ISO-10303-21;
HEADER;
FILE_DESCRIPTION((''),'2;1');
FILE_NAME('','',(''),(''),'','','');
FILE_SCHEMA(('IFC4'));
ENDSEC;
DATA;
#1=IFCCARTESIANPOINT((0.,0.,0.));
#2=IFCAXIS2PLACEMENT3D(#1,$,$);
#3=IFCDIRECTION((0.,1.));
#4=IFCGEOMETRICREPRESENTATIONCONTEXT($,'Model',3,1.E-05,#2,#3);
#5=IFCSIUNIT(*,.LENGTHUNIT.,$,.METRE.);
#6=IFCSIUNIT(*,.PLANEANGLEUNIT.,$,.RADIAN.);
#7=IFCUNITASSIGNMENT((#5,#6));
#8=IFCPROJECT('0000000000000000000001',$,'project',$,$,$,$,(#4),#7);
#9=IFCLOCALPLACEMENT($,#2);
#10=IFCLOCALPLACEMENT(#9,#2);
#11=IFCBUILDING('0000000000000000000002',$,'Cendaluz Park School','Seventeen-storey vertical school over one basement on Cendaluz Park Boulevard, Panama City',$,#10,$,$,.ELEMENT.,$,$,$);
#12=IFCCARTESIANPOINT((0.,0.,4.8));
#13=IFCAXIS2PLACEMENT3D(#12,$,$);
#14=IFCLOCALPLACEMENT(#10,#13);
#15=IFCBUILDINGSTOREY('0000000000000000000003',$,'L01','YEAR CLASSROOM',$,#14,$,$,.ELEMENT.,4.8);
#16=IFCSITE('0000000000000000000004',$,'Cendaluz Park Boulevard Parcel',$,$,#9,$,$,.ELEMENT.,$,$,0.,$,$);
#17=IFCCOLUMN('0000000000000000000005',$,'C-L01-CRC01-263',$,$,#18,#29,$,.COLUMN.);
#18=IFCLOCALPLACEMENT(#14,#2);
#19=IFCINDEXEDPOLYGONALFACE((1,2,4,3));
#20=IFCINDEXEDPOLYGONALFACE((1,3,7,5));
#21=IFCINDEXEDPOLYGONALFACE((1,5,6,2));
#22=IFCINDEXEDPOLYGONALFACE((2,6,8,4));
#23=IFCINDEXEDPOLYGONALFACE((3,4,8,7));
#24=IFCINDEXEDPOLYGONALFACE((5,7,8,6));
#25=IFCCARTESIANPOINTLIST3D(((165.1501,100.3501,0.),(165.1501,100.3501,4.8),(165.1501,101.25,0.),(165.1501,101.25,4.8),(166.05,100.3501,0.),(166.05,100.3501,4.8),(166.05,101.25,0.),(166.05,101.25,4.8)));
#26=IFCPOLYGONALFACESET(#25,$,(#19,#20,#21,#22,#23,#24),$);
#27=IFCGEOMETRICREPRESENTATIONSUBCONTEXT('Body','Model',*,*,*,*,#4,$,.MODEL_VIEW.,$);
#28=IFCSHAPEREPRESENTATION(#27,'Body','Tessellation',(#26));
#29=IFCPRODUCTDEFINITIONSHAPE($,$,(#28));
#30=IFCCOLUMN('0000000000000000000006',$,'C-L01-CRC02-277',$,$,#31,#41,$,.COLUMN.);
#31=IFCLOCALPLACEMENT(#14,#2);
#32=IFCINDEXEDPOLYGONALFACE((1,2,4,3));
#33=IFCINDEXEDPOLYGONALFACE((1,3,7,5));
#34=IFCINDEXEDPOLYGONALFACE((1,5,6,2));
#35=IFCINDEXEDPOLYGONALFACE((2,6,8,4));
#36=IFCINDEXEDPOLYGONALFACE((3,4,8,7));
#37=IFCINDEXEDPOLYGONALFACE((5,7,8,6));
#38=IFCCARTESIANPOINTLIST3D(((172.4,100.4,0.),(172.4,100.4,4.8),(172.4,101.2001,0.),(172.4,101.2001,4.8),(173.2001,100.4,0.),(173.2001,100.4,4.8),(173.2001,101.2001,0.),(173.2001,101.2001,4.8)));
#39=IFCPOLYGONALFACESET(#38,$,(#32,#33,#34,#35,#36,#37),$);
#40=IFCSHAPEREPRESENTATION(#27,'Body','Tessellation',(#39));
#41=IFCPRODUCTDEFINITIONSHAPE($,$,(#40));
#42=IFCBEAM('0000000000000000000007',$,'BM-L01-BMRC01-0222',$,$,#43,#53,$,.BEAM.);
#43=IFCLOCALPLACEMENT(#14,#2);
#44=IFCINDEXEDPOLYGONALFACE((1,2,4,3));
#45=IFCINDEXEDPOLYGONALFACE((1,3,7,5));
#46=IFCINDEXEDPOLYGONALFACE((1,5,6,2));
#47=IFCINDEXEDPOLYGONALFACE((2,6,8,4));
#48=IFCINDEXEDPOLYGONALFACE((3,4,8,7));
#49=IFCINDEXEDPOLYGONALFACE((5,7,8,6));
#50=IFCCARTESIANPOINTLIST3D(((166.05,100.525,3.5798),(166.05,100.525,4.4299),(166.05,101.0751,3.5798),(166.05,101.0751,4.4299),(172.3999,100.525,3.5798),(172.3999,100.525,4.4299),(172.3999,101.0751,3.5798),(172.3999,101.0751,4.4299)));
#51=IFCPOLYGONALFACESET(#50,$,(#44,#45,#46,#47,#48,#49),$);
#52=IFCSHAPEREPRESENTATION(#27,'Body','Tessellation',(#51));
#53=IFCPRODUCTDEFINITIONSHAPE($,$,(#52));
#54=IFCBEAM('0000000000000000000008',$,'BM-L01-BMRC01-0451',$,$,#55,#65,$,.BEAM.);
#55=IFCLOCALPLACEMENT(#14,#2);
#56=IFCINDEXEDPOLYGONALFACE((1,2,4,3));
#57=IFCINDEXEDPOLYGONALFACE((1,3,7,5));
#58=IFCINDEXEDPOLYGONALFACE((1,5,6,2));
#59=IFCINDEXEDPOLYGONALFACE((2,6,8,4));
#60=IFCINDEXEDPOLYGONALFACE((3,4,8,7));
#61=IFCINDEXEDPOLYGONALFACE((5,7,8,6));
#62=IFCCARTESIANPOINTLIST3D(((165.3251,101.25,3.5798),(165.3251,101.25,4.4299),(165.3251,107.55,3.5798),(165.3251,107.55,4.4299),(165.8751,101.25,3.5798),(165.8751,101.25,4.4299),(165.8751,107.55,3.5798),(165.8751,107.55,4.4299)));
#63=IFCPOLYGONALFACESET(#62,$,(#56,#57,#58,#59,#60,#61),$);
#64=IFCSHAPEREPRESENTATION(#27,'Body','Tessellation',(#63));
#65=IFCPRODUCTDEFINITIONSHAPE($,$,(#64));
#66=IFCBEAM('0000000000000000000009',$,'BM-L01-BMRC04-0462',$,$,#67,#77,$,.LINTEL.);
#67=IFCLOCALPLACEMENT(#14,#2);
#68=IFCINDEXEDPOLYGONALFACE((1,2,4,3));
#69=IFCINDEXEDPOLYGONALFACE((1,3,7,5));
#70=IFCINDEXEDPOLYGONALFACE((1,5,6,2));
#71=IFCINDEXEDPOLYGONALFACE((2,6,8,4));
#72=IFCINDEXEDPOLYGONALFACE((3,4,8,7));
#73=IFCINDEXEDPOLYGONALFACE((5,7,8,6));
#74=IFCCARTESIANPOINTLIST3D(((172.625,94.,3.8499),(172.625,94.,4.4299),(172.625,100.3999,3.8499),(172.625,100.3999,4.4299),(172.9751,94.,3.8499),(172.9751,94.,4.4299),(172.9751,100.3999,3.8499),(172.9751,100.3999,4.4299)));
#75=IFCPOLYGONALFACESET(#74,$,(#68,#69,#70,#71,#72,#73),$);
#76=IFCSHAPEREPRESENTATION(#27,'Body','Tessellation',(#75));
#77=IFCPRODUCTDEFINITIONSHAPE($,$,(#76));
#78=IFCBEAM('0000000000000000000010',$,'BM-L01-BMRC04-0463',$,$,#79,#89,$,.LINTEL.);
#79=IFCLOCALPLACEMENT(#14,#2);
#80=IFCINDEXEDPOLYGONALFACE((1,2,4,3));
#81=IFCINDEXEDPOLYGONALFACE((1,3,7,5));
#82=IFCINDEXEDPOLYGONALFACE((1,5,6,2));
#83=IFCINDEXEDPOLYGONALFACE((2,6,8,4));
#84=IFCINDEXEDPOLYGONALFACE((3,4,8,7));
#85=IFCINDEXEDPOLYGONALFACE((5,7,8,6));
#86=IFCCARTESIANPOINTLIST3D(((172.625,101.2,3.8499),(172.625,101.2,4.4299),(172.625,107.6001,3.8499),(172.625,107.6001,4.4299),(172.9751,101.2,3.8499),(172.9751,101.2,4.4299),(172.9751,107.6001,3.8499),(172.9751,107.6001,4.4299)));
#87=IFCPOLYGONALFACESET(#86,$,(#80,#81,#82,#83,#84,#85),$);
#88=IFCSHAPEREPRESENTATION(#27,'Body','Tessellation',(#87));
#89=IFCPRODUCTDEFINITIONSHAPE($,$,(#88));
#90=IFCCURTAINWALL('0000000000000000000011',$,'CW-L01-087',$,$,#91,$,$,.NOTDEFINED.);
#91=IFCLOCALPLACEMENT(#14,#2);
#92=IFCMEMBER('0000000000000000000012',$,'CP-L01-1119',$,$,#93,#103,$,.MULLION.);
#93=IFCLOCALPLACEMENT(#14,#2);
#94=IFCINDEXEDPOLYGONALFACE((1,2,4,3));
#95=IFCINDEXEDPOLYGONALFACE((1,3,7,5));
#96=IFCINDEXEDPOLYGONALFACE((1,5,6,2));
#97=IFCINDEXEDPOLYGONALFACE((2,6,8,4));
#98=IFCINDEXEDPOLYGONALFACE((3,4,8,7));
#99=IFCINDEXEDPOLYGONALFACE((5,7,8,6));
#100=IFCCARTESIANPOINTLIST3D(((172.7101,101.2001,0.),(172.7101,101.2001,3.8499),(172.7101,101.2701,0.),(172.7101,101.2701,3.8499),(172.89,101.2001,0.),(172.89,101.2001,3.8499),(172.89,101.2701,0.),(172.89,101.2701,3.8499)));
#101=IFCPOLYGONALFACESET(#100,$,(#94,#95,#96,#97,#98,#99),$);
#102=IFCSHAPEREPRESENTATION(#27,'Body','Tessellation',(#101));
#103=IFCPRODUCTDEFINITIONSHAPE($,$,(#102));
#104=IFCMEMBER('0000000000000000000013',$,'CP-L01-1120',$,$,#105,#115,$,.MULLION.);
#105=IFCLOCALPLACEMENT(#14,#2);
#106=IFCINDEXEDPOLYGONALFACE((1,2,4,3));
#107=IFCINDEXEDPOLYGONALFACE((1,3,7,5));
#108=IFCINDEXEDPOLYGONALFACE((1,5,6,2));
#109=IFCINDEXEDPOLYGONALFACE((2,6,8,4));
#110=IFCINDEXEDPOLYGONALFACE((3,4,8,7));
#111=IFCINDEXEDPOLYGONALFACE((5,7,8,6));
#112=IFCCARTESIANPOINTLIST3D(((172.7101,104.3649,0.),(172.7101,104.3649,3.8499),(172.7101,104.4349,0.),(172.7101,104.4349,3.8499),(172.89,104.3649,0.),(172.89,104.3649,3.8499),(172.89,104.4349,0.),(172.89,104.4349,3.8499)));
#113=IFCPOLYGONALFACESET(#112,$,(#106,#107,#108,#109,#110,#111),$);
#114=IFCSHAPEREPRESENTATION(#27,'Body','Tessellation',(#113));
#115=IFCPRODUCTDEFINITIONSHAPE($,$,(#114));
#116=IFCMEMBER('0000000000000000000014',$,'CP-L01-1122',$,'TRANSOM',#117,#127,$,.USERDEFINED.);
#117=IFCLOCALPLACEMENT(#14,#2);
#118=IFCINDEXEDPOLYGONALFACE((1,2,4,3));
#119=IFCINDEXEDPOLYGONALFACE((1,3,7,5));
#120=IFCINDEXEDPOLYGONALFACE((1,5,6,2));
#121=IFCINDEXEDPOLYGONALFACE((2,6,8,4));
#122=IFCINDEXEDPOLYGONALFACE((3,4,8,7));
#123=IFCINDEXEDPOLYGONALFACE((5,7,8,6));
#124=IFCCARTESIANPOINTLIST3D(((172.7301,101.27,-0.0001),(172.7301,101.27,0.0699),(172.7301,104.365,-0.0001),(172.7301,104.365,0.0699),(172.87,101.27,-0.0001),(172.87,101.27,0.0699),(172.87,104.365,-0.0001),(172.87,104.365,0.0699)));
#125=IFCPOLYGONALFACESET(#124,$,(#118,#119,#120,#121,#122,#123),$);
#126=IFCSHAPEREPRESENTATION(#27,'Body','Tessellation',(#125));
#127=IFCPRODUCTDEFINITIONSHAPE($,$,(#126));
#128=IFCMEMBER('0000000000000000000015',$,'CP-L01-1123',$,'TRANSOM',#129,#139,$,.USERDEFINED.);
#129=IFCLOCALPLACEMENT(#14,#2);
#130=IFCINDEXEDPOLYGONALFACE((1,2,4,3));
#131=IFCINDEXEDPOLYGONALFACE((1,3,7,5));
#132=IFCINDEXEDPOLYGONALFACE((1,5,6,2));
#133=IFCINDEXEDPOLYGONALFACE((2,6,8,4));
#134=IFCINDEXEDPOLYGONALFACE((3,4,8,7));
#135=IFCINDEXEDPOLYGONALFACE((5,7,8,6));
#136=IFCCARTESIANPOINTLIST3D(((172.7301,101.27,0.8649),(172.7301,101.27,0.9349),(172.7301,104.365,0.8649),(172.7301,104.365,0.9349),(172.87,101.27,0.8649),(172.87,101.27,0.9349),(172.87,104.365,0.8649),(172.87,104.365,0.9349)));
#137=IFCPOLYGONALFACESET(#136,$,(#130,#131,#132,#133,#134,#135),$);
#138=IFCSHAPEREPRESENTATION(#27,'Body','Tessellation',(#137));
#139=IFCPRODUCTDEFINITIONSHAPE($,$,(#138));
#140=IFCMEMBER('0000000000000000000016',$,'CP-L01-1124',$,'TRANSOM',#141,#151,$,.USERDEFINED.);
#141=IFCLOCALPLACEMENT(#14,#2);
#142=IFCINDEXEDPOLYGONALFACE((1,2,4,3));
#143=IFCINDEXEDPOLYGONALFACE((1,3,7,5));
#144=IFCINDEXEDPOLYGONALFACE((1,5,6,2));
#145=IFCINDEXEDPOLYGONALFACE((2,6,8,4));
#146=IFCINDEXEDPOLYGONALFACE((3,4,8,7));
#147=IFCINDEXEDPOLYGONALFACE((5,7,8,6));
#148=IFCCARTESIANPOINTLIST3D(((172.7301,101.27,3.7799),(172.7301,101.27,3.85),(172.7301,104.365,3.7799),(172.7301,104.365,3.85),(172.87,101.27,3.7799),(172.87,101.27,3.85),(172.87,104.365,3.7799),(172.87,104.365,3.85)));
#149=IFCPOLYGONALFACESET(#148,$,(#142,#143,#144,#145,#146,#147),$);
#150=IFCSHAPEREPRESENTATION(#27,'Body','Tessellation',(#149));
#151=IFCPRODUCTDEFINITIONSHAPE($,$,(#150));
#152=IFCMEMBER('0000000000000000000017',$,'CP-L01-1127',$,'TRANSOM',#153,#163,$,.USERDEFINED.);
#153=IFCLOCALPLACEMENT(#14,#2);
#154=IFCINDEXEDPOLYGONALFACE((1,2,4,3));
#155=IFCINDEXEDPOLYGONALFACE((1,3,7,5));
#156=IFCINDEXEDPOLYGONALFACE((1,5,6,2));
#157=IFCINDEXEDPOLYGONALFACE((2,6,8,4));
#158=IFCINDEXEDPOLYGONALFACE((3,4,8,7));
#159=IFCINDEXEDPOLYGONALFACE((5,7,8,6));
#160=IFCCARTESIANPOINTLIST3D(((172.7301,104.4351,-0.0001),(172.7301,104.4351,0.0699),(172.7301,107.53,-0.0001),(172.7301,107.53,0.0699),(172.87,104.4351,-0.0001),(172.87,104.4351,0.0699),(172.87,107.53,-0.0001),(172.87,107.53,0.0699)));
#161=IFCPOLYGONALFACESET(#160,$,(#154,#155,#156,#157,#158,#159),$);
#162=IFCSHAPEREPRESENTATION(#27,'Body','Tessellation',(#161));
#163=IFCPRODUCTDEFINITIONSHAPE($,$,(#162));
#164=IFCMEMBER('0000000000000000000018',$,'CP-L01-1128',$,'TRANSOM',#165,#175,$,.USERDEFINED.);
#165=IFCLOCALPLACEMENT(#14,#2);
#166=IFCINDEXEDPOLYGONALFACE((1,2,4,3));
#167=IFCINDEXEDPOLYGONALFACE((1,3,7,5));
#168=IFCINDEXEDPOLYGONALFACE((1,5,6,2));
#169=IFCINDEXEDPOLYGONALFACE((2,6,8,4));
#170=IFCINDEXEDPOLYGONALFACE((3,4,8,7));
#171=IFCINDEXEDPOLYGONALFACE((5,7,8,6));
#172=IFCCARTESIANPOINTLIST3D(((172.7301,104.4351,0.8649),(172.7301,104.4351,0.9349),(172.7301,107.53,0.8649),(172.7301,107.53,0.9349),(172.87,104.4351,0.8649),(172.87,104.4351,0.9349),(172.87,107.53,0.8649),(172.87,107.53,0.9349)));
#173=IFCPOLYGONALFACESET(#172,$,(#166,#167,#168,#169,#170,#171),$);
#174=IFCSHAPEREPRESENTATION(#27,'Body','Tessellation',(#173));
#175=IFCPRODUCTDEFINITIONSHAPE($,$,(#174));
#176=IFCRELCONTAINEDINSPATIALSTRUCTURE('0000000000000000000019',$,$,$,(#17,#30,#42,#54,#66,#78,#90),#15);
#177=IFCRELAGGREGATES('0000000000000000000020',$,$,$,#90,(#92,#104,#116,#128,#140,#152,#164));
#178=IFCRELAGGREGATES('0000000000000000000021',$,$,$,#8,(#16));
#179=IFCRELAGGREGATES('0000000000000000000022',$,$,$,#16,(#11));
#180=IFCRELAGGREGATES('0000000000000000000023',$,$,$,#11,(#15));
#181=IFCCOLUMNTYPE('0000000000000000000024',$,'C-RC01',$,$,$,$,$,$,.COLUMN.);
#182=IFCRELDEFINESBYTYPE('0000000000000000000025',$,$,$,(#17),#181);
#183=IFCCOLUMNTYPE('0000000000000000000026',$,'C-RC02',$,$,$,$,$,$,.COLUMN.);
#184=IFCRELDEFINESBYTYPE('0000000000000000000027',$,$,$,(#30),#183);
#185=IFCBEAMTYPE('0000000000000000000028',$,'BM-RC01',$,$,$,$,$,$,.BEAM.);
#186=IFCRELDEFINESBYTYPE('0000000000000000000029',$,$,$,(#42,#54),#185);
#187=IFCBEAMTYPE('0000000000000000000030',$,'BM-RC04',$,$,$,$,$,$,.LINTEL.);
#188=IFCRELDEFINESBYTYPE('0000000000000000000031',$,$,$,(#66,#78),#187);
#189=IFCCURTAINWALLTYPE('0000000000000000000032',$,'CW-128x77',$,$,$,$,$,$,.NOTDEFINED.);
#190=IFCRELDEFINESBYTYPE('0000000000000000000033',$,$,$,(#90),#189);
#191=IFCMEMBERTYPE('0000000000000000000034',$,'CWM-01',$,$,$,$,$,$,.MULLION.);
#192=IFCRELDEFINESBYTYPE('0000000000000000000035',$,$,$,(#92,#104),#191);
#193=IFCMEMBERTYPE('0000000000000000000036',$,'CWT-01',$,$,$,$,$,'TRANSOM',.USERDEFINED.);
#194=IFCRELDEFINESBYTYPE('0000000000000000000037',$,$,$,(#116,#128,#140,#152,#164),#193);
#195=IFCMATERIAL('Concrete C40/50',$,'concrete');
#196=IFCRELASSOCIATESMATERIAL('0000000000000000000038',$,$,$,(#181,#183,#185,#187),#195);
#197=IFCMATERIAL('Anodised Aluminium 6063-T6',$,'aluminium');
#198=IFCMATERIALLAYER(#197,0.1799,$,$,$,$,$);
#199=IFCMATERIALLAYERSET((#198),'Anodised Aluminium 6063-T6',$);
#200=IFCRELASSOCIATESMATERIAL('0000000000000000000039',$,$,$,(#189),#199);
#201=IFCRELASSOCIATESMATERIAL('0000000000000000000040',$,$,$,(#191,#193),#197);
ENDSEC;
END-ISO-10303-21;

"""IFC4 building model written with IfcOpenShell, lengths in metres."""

from ifc_helpers import new_model, si_unit, direction, frame, origin, origin_2d, place, context, subcontext, project, spatial, rectangle, extrude, material, layer, layer_set, material_profile, profile_set, type_object, element, aggregate, save


model = new_model("IFC4")

# Units and contexts
model_context = context("Model", 3, precision=1e-05, world=origin(), true_north=direction((0.0, 1.0)))
body_context = subcontext(model_context, "Body", "Model", "MODEL_VIEW")
ifc_project = project(units=[si_unit("LENGTHUNIT", "METRE"), si_unit("PLANEANGLEUNIT", "RADIAN")], contexts=[model_context])

# Site, building, storey
site_placement = place(None, origin())
site = spatial("IfcSite", under=ifc_project, at=site_placement, Name="Cendaluz Park Boulevard Parcel", CompositionType="ELEMENT", RefElevation=0.0)
building_placement = place(site_placement, origin())
building = spatial("IfcBuilding", under=site, at=building_placement, Name="Cendaluz Park School", Description="Seventeen-storey vertical school over one basement on Cendaluz Park Boulevard, Panama City", CompositionType="ELEMENT")
storey_placement = place(building_placement, frame((0.0, 0.0, 4.8)))
storey = spatial("IfcBuildingStorey", under=building, at=storey_placement, Name="L01", Description="YEAR CLASSROOM", CompositionType="ELEMENT", Elevation=4.8)

# Columns
ifc_material_1 = material(Name="Concrete C40/50", Category="concrete")
ifc_material_profile_1 = material_profile(ifc_material_1, rectangle(XDim=0.8999, YDim=0.8999, at=origin_2d()), Name="RC 900x900", Category="concrete")
ifc_profile_set_1 = profile_set([ifc_material_profile_1], Name="Concrete C40/50")
column_type_1 = type_object("IfcColumnType", Name="C-RC01", PredefinedType="COLUMN", material=ifc_profile_set_1)
column_1_placement = place(storey_placement, frame((165.6001, 100.8, 0.0), z_axis=(0.0, 0.0, 1.0), x_axis=(1.0, 0.0, 0.0)))
element("IfcColumn", 1, at=column_1_placement, inside=storey, type_object=column_type_1, Name="C-L01-CRC01-263", PredefinedType="COLUMN", context=body_context, shape_type="SweptSolid", body=[
    extrude(rectangle(XDim=0.8999, YDim=0.8999, at=origin_2d()), origin(), (0.0, 0.0, 1.0), 4.8),
])
ifc_material_profile_2 = material_profile(ifc_material_1, rectangle(XDim=0.8, YDim=0.8, at=origin_2d()), Name="RC 800x800", Category="concrete")
ifc_profile_set_2 = profile_set([ifc_material_profile_2], Name="Concrete C40/50")
column_type_2 = type_object("IfcColumnType", Name="C-RC02", PredefinedType="COLUMN", material=ifc_profile_set_2)
column_2_placement = place(storey_placement, frame((172.8, 100.8, 0.0), z_axis=(0.0, 0.0, 1.0), x_axis=(1.0, 0.0, 0.0)))
element("IfcColumn", 2, at=column_2_placement, inside=storey, type_object=column_type_2, Name="C-L01-CRC02-277", PredefinedType="COLUMN", context=body_context, shape_type="SweptSolid", body=[
    extrude(rectangle(XDim=0.8, YDim=0.8, at=origin_2d()), origin(), (0.0, 0.0, 1.0), 4.8),
])

# Beams
ifc_material_profile_3 = material_profile(ifc_material_1, rectangle(XDim=0.55, YDim=0.8501, at=origin_2d()), Name="RC 550x850", Category="concrete")
ifc_profile_set_3 = profile_set([ifc_material_profile_3], Name="Concrete C40/50")
beam_type_1 = type_object("IfcBeamType", Name="BM-RC01", PredefinedType="BEAM", material=ifc_profile_set_3)
beam_1_placement = place(storey_placement, frame((166.05, 100.8, 4.0049), z_axis=(1.0, 0.0, 0.0), x_axis=(0.0, 1.0, 0.0)))
element("IfcBeam", 3, at=beam_1_placement, inside=storey, type_object=beam_type_1, Name="BM-L01-BMRC01-0222", PredefinedType="BEAM", context=body_context, shape_type="SweptSolid", body=[
    extrude(rectangle(XDim=0.55, YDim=0.8501, at=origin_2d()), origin(), (0.0, 0.0, 1.0), 6.3499),
])
beam_2_placement = place(storey_placement, frame((165.6001, 101.25, 4.0049), z_axis=(0.0, 1.0, 0.0), x_axis=(-1.0, 0.0, 0.0)))
element("IfcBeam", 4, at=beam_2_placement, inside=storey, type_object=beam_type_1, Name="BM-L01-BMRC01-0451", PredefinedType="BEAM", context=body_context, shape_type="SweptSolid", body=[
    extrude(rectangle(XDim=0.55, YDim=0.8501, at=origin_2d()), origin(), (0.0, 0.0, 1.0), 6.3),
])
ifc_material_profile_4 = material_profile(ifc_material_1, rectangle(XDim=0.3501, YDim=0.5801, at=origin_2d()), Name="RC 350x580", Category="concrete")
ifc_profile_set_4 = profile_set([ifc_material_profile_4], Name="Concrete C40/50")
beam_type_2 = type_object("IfcBeamType", Name="BM-RC04", PredefinedType="LINTEL", material=ifc_profile_set_4)
beam_3_placement = place(storey_placement, frame((172.8, 94.0, 4.1399), z_axis=(0.0, 1.0, 0.0), x_axis=(-1.0, 0.0, 0.0)))
element("IfcBeam", 5, at=beam_3_placement, inside=storey, type_object=beam_type_2, Name="BM-L01-BMRC04-0462", PredefinedType="LINTEL", context=body_context, shape_type="SweptSolid", body=[
    extrude(rectangle(XDim=0.3501, YDim=0.5801, at=origin_2d()), origin(), (0.0, 0.0, 1.0), 6.3999),
])
beam_4_placement = place(storey_placement, frame((172.8, 101.2, 4.1399), z_axis=(0.0, 1.0, 0.0), x_axis=(-1.0, 0.0, 0.0)))
element("IfcBeam", 6, at=beam_4_placement, inside=storey, type_object=beam_type_2, Name="BM-L01-BMRC04-0463", PredefinedType="LINTEL", context=body_context, shape_type="SweptSolid", body=[
    extrude(rectangle(XDim=0.3501, YDim=0.5801, at=origin_2d()), origin(), (0.0, 0.0, 1.0), 6.4001),
])

# Curtain wall, members
ifc_material_2 = material(Name="Anodised Aluminium 6063-T6", Category="aluminium")
ifc_layer_1 = layer(ifc_material_2, 0.1799)
ifc_layer_set_1 = layer_set([ifc_layer_1], Name="Anodised Aluminium 6063-T6")
curtain_wall_type = type_object("IfcCurtainWallType", Name="CW-128x77", PredefinedType="NOTDEFINED", material=ifc_layer_set_1)
curtain_wall_placement = place(storey_placement, origin())
curtain_wall = element("IfcCurtainWall", 7, at=curtain_wall_placement, inside=storey, type_object=curtain_wall_type, Name="CW-L01-087", PredefinedType="NOTDEFINED")
ifc_material_profile_5 = material_profile(ifc_material_2, rectangle(XDim=0.1799, YDim=0.0701, at=origin_2d()), Name="CWM 180x70", Category="aluminium")
ifc_profile_set_5 = profile_set([ifc_material_profile_5], Name="Anodised Aluminium 6063-T6")
member_type_1 = type_object("IfcMemberType", Name="CWM-01", PredefinedType="MULLION", material=ifc_profile_set_5)
member_1_placement = place(storey_placement, frame((172.8, 101.2351, 0.0), z_axis=(0.0, 0.0, 1.0), x_axis=(-1.0, 0.0, 0.0)))
member_1 = element("IfcMember", 8, at=member_1_placement, type_object=member_type_1, Name="CP-L01-1119", PredefinedType="MULLION", context=body_context, shape_type="SweptSolid", body=[
    extrude(rectangle(XDim=0.1799, YDim=0.0701, at=origin_2d()), origin(), (0.0, 0.0, 1.0), 3.8499),
])
member_2_placement = place(storey_placement, frame((172.8, 104.3999, 0.0), z_axis=(0.0, 0.0, 1.0), x_axis=(-1.0, 0.0, 0.0)))
member_2 = element("IfcMember", 9, at=member_2_placement, type_object=member_type_1, Name="CP-L01-1120", PredefinedType="MULLION", context=body_context, shape_type="SweptSolid", body=[
    extrude(rectangle(XDim=0.1799, YDim=0.0701, at=origin_2d()), origin(), (0.0, 0.0, 1.0), 3.8499),
])
ifc_material_profile_6 = material_profile(ifc_material_2, rectangle(XDim=0.1399, YDim=0.0701, at=origin_2d()), Name="CWT 140x70", Category="aluminium")
ifc_profile_set_6 = profile_set([ifc_material_profile_6], Name="Anodised Aluminium 6063-T6")
member_type_2 = type_object("IfcMemberType", Name="CWT-01", ElementType="TRANSOM", PredefinedType="USERDEFINED", material=ifc_profile_set_6)
member_3_placement = place(storey_placement, frame((172.8, 101.27, 0.0349), z_axis=(0.0, 1.0, 0.0), x_axis=(-1.0, 0.0, 0.0)))
member_3 = element("IfcMember", 10, at=member_3_placement, type_object=member_type_2, Name="CP-L01-1122", ObjectType="TRANSOM", PredefinedType="USERDEFINED", context=body_context, shape_type="SweptSolid", body=[
    extrude(rectangle(XDim=0.1399, YDim=0.0701, at=origin_2d()), origin(), (0.0, 0.0, 1.0), 3.095),
])
member_4_placement = place(storey_placement, frame((172.8, 101.27, 0.8999), z_axis=(0.0, 1.0, 0.0), x_axis=(-1.0, 0.0, 0.0)))
member_4 = element("IfcMember", 11, at=member_4_placement, type_object=member_type_2, Name="CP-L01-1123", ObjectType="TRANSOM", PredefinedType="USERDEFINED", context=body_context, shape_type="SweptSolid", body=[
    extrude(rectangle(XDim=0.1399, YDim=0.0701, at=origin_2d()), origin(), (0.0, 0.0, 1.0), 3.095),
])
member_5_placement = place(storey_placement, frame((172.8, 101.27, 3.8149), z_axis=(0.0, 1.0, 0.0), x_axis=(-1.0, 0.0, 0.0)))
member_5 = element("IfcMember", 12, at=member_5_placement, type_object=member_type_2, Name="CP-L01-1124", ObjectType="TRANSOM", PredefinedType="USERDEFINED", context=body_context, shape_type="SweptSolid", body=[
    extrude(rectangle(XDim=0.1399, YDim=0.0701, at=origin_2d()), origin(), (0.0, 0.0, 1.0), 3.095),
])
member_6_placement = place(storey_placement, frame((172.8, 104.4351, 0.0349), z_axis=(0.0, 1.0, 0.0), x_axis=(-1.0, 0.0, 0.0)))
member_6 = element("IfcMember", 13, at=member_6_placement, type_object=member_type_2, Name="CP-L01-1127", ObjectType="TRANSOM", PredefinedType="USERDEFINED", context=body_context, shape_type="SweptSolid", body=[
    extrude(rectangle(XDim=0.1399, YDim=0.0701, at=origin_2d()), origin(), (0.0, 0.0, 1.0), 3.095),
])
member_7_placement = place(storey_placement, frame((172.8, 104.4351, 0.8999), z_axis=(0.0, 1.0, 0.0), x_axis=(-1.0, 0.0, 0.0)))
member_7 = element("IfcMember", 14, at=member_7_placement, type_object=member_type_2, Name="CP-L01-1128", ObjectType="TRANSOM", PredefinedType="USERDEFINED", context=body_context, shape_type="SweptSolid", body=[
    extrude(rectangle(XDim=0.1399, YDim=0.0701, at=origin_2d()), origin(), (0.0, 0.0, 1.0), 3.095),
])

aggregate(curtain_wall, [member_1, member_2, member_3, member_4, member_5, member_6, member_7])

save(model, "model.ifc")
